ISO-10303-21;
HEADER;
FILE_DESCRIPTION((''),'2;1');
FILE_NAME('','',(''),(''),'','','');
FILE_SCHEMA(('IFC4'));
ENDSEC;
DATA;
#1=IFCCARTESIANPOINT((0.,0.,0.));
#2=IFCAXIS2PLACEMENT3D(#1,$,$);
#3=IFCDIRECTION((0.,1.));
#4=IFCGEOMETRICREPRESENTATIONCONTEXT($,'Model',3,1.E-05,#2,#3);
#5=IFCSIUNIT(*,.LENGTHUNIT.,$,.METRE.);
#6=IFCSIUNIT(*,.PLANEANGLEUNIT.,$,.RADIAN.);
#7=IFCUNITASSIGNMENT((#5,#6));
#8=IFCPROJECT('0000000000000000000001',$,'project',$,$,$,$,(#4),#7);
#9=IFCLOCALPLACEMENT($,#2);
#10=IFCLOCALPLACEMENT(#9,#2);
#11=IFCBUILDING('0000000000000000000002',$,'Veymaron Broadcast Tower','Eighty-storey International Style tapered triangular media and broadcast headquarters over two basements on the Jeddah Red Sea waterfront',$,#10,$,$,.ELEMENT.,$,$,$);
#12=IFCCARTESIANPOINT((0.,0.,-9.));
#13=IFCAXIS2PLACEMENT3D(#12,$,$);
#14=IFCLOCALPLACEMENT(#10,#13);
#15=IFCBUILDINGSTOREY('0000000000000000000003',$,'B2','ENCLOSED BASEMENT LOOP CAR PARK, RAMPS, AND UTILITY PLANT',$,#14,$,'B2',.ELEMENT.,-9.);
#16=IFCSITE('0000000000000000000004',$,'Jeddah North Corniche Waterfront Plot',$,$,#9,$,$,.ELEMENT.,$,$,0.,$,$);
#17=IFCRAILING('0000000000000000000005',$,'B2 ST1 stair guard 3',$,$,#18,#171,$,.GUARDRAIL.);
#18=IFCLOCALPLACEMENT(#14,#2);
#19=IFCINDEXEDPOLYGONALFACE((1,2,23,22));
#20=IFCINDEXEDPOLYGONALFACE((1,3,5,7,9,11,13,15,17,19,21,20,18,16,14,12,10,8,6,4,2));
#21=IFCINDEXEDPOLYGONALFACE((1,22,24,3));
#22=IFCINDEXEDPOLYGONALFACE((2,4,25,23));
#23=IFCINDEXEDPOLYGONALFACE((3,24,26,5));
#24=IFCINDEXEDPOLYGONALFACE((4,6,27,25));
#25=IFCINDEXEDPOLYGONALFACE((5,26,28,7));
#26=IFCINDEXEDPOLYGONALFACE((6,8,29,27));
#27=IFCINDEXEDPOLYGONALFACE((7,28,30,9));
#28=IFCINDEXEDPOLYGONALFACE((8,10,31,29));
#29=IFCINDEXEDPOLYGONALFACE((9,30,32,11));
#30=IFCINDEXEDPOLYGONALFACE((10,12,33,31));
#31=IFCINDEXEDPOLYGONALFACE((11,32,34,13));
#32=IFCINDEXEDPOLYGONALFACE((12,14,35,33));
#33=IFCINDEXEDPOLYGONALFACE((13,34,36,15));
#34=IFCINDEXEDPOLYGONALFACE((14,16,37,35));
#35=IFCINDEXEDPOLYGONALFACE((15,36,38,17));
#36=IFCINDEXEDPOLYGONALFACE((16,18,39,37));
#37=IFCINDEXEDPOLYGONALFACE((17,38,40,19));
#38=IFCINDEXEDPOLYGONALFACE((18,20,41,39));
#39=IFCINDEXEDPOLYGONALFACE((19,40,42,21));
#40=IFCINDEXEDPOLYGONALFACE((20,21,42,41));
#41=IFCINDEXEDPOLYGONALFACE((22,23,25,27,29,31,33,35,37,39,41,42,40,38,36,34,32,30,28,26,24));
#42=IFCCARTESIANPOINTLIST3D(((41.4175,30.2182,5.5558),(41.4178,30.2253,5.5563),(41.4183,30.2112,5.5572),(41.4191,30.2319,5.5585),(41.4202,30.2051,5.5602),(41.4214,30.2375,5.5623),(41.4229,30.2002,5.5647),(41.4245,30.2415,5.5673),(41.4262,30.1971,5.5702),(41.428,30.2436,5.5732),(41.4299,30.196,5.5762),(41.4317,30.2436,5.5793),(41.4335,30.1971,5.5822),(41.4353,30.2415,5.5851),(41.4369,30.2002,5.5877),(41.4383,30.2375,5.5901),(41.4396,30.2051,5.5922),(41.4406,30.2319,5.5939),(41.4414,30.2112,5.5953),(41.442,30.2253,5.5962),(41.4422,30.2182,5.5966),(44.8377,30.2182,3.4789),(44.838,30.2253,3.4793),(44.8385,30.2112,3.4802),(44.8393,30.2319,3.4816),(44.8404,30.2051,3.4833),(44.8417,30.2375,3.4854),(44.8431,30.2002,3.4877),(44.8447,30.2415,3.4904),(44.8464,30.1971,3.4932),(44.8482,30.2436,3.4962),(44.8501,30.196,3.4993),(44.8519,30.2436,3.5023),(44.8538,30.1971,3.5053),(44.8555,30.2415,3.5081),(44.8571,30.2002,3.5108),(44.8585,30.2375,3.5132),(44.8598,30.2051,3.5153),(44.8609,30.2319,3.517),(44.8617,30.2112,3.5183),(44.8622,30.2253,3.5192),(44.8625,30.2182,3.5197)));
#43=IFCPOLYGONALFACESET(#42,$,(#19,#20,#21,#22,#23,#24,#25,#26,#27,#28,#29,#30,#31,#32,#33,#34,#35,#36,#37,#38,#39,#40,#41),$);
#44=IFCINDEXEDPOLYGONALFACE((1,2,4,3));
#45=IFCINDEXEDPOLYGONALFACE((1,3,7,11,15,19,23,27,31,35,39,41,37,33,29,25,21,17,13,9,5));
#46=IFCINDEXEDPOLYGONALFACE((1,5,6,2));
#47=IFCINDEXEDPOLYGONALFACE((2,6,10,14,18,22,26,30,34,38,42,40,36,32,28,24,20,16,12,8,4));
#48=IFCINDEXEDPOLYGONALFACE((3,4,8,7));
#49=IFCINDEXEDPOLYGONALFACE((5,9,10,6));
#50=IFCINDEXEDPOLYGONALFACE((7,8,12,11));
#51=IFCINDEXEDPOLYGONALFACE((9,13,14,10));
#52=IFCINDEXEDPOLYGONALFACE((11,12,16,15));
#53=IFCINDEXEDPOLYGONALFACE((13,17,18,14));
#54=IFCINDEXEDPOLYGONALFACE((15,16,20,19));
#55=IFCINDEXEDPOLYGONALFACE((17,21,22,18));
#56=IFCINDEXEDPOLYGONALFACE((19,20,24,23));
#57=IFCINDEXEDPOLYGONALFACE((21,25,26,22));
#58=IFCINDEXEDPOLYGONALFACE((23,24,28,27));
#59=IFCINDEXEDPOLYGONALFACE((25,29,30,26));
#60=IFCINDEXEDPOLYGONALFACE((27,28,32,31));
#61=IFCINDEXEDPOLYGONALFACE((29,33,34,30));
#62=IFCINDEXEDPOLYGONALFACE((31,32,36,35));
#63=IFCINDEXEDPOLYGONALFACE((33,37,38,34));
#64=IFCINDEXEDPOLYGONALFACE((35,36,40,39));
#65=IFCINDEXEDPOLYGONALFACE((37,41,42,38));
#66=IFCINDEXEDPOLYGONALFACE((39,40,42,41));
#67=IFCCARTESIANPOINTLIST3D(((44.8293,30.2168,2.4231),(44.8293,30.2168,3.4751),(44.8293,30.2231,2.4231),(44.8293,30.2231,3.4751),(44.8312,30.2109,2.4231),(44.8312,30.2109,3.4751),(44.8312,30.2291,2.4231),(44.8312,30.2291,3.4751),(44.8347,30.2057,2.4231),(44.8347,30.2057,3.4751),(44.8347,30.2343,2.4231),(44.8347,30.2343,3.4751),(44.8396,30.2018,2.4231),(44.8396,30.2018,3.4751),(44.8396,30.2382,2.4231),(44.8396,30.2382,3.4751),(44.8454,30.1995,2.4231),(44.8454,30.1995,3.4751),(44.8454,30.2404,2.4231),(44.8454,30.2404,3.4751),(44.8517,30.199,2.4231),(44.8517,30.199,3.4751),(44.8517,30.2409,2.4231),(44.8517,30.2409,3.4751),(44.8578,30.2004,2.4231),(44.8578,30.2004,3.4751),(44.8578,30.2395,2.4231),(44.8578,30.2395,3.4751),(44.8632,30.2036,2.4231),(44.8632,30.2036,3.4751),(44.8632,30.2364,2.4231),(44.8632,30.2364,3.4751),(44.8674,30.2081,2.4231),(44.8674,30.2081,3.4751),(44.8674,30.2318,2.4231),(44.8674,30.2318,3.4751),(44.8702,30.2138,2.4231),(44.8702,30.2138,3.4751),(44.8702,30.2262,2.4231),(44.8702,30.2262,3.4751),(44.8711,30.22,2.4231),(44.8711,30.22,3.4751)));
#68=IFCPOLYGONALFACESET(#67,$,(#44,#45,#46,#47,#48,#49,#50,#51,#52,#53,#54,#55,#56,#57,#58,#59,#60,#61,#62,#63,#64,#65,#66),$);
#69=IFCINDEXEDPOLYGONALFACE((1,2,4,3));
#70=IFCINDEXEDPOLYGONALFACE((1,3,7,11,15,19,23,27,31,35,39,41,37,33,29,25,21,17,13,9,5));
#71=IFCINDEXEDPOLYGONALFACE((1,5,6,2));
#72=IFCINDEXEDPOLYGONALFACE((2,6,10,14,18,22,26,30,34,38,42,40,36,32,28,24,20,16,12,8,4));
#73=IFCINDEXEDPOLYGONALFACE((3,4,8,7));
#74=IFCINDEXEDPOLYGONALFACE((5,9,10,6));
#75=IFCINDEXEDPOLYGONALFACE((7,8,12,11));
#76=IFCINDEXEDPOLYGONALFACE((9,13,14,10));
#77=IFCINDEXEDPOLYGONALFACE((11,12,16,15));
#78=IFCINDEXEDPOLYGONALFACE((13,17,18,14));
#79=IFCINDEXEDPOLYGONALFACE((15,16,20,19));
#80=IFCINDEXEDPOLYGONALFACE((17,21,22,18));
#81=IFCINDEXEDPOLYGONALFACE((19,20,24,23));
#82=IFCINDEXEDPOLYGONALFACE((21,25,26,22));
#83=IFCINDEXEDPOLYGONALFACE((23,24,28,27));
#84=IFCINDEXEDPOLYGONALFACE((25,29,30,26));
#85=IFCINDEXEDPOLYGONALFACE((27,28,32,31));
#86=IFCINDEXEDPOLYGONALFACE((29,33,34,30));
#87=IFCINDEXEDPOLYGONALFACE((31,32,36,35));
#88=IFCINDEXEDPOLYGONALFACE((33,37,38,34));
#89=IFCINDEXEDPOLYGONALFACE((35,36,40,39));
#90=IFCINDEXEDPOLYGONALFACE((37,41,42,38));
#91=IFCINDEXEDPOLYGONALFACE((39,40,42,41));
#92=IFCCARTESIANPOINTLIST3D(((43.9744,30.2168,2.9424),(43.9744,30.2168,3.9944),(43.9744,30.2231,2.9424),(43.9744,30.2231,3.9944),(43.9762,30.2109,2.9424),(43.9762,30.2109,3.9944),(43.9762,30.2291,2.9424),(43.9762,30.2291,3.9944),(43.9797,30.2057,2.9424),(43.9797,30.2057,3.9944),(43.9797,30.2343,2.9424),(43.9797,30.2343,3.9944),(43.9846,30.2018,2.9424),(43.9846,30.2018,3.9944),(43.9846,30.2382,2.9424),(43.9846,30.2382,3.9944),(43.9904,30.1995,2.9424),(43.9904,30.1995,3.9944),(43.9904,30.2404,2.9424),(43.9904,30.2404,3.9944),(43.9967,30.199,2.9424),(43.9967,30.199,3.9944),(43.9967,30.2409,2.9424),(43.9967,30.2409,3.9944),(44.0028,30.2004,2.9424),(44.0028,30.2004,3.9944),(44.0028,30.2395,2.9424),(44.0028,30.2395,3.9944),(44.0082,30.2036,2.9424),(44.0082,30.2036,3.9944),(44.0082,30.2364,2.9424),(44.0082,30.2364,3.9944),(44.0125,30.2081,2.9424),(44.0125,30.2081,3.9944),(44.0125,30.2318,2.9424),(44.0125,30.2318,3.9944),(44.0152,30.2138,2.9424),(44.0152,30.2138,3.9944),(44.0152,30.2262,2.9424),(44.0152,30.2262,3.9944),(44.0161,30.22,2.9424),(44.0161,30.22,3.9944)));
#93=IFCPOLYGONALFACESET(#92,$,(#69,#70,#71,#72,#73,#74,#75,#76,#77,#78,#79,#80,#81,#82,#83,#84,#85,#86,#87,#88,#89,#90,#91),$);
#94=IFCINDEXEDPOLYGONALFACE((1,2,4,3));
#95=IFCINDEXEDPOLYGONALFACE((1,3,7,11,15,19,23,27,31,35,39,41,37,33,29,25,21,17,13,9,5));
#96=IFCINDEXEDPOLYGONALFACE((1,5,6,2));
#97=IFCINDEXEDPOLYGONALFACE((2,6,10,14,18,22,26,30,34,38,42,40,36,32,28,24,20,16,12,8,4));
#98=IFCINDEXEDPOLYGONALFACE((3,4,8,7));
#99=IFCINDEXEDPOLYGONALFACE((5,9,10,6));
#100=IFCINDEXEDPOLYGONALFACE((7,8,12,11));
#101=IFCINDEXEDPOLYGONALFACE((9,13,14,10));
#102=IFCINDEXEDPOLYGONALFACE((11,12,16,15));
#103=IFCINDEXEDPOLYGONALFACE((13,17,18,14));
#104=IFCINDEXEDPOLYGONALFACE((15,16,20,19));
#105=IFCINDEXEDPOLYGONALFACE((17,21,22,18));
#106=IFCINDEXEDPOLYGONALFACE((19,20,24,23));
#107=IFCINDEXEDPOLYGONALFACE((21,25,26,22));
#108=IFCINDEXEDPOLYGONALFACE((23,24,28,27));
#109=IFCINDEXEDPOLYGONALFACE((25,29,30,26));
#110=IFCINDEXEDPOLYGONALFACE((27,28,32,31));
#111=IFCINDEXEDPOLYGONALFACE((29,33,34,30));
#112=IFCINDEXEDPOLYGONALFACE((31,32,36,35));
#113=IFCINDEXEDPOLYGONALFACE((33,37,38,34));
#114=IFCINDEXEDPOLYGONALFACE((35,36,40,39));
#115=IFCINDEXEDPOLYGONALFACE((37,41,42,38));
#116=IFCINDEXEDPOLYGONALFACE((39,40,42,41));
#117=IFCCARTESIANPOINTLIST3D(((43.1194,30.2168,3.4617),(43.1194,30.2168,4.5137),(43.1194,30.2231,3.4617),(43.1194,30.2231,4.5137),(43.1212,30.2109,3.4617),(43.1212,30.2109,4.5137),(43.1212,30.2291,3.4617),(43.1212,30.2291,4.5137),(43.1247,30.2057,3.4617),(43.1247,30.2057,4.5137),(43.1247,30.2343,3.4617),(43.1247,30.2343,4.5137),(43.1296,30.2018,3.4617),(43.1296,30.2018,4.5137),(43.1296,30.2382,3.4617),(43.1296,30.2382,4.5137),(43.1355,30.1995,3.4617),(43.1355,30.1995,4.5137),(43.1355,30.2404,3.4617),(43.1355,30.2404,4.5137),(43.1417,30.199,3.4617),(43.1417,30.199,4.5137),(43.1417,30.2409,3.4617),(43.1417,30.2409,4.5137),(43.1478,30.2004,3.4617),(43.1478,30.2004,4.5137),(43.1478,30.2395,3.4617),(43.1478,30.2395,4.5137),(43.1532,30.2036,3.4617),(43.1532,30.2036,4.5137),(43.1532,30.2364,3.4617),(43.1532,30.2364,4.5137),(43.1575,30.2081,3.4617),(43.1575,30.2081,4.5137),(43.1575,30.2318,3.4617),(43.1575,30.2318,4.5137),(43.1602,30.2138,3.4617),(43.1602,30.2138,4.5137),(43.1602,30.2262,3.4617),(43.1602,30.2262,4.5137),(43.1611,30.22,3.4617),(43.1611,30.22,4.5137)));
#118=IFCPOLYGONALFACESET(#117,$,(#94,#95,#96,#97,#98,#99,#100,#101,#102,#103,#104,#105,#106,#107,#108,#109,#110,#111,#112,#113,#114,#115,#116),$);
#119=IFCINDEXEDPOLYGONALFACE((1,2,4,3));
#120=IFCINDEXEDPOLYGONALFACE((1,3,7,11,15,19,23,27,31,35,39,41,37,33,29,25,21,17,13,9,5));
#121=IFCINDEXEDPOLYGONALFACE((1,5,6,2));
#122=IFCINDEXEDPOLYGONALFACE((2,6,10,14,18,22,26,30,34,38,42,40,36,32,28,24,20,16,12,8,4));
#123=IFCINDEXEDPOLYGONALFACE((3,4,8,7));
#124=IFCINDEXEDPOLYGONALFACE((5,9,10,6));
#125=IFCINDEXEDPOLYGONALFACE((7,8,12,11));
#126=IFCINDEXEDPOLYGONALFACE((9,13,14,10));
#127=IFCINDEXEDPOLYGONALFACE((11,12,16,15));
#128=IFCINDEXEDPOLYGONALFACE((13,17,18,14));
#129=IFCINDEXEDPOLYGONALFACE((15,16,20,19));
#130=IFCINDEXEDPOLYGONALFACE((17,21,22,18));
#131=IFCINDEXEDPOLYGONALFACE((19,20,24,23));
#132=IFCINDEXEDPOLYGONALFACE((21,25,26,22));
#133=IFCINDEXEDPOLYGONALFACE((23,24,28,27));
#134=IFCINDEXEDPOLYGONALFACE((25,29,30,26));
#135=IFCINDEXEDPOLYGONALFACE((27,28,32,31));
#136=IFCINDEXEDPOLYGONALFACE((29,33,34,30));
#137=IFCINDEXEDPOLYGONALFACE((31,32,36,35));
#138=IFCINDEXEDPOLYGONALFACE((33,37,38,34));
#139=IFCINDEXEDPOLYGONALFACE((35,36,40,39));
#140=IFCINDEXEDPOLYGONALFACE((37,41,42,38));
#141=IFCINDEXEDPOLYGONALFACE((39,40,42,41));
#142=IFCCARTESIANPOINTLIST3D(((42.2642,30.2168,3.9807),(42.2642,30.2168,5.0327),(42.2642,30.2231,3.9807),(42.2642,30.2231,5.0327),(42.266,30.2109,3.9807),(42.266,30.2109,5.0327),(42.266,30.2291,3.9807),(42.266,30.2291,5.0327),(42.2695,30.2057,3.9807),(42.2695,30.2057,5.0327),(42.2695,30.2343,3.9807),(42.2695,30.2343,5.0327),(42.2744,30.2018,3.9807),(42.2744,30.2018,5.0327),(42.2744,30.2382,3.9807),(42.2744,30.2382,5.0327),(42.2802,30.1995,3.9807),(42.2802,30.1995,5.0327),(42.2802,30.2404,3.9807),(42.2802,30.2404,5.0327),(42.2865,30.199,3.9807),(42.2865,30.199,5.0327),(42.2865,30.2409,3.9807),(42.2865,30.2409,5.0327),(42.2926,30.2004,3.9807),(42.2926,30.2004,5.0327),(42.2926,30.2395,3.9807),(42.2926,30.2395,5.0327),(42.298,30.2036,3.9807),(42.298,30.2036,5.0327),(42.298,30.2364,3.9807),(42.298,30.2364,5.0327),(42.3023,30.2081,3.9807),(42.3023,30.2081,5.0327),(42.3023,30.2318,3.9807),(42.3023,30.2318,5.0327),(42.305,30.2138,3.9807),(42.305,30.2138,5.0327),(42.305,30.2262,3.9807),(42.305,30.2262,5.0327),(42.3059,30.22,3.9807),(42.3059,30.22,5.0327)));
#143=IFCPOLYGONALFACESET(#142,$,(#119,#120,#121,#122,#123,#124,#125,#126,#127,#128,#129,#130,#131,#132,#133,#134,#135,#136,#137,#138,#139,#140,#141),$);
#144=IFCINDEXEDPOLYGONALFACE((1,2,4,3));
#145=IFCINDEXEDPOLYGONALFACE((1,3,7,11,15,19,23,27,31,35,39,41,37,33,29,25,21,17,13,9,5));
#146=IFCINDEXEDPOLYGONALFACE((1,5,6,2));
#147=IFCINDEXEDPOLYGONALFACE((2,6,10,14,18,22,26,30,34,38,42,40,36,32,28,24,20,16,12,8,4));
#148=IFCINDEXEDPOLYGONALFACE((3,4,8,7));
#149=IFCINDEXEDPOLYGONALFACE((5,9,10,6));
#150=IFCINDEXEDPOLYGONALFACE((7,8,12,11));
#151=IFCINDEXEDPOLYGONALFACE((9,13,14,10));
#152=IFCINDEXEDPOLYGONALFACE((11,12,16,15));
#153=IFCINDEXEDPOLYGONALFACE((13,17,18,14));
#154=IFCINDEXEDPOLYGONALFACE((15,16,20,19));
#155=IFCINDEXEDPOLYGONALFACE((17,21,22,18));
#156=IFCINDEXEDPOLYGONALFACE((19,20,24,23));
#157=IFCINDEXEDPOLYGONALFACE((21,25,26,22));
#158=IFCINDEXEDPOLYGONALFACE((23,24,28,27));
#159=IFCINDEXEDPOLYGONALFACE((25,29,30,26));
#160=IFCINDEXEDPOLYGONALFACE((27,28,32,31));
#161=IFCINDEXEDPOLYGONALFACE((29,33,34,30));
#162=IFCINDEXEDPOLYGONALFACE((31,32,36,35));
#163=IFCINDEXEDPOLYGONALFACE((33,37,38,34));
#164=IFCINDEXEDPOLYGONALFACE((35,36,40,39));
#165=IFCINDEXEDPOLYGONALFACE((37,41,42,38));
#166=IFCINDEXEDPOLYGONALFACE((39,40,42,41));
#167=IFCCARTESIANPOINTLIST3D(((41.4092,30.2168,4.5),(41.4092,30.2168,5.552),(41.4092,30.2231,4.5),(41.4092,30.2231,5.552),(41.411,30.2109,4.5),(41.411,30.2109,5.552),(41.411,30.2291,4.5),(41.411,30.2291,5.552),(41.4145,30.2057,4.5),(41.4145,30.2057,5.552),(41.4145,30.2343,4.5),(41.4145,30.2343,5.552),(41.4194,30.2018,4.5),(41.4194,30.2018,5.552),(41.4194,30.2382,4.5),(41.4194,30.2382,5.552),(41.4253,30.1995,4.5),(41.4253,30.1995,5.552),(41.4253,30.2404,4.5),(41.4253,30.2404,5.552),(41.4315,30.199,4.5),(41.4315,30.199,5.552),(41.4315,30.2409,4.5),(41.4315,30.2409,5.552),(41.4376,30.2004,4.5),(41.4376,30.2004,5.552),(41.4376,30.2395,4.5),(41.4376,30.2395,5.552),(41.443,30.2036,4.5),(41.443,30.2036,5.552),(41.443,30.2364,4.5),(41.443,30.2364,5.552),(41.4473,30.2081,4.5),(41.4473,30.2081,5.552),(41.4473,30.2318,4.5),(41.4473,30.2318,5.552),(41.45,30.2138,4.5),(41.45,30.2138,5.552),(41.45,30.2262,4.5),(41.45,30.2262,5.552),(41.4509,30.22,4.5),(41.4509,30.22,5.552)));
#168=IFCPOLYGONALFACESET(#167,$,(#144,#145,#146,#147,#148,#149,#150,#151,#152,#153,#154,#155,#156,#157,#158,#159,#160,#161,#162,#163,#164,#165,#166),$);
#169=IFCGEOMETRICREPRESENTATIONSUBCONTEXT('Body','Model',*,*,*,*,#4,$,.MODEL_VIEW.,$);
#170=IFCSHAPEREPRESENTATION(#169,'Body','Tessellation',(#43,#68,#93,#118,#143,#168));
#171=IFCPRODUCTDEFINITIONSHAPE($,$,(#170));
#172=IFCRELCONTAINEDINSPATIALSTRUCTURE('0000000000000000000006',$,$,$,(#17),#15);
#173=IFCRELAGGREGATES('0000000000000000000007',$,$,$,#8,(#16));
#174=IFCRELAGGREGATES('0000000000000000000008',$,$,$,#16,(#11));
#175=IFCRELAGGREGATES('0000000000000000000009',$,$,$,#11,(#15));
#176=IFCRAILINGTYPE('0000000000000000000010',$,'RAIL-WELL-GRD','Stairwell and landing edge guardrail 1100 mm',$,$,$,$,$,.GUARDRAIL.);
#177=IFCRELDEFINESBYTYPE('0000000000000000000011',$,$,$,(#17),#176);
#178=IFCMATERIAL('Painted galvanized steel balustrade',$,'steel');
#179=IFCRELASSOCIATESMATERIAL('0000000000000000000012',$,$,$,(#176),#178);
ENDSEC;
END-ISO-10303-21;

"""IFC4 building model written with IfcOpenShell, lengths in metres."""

from ifc_helpers import new_model, si_unit, direction, frame, origin, origin_2d, place, context, subcontext, project, spatial, circle, extrude, material, type_object, element, save


model = new_model("IFC4")

# Units and contexts
model_context = context("Model", 3, precision=1e-05, world=origin(), true_north=direction((0.0, 1.0)))
body_context = subcontext(model_context, "Body", "Model", "MODEL_VIEW")
ifc_project = project(units=[si_unit("LENGTHUNIT", "METRE"), si_unit("PLANEANGLEUNIT", "RADIAN")], contexts=[model_context])

# Site, building, storey
site_placement = place(None, origin())
site = spatial("IfcSite", under=ifc_project, at=site_placement, Name="Jeddah North Corniche Waterfront Plot", CompositionType="ELEMENT", RefElevation=0.0)
building_placement = place(site_placement, origin())
building = spatial("IfcBuilding", under=site, at=building_placement, Name="Veymaron Broadcast Tower", Description="Eighty-storey International Style tapered triangular media and broadcast headquarters over two basements on the Jeddah Red Sea waterfront", CompositionType="ELEMENT")
storey_placement = place(building_placement, frame((0.0, 0.0, -9.0)))
storey = spatial("IfcBuildingStorey", under=building, at=storey_placement, Name="B2", Description="ENCLOSED BASEMENT LOOP CAR PARK, RAMPS, AND UTILITY PLANT", LongName="B2", CompositionType="ELEMENT", Elevation=-9.0)

# Railing
ifc_material_1 = material(Name="Painted galvanized steel balustrade", Category="steel")
railing_type_1 = type_object("IfcRailingType", Name="RAIL-WELL-GRD", Description="Stairwell and landing edge guardrail 1100 mm", PredefinedType="GUARDRAIL", material=ifc_material_1)
railing_1_placement = place(storey_placement, frame((44.8501, 30.22, 2.4231)))
element("IfcRailing", 1, at=railing_1_placement, inside=storey, type_object=railing_type_1, Name="B2 ST1 stair guard 3", PredefinedType="GUARDRAIL", context=body_context, shape_type="SweptSolid", body=[
    extrude(circle(Radius=0.0239, at=origin_2d()), frame((0.0, 0.0, 1.0762), z_axis=(-0.854746, 0.0, 0.519047), x_axis=(0.0, -1.0, 0.0)), (0.0, 0.0, 1.0), 4.0015),
    extrude(circle(Radius=0.021, at=origin_2d()), origin(), (0.0, 0.0, 1.0), 1.052),
    extrude(circle(Radius=0.021, at=origin_2d()), frame((-0.855, 0.0, 0.5193)), (0.0, 0.0, 1.0), 1.052),
    extrude(circle(Radius=0.021, at=origin_2d()), frame((-1.71, 0.0, 1.0386)), (0.0, 0.0, 1.0), 1.052),
    extrude(circle(Radius=0.021, at=origin_2d()), frame((-2.5652, 0.0, 1.5576)), (0.0, 0.0, 1.0), 1.052),
    extrude(circle(Radius=0.021, at=origin_2d()), frame((-3.4202, 0.0, 2.0769)), (0.0, 0.0, 1.0), 1.052),
])

save(model, "model.ifc")
